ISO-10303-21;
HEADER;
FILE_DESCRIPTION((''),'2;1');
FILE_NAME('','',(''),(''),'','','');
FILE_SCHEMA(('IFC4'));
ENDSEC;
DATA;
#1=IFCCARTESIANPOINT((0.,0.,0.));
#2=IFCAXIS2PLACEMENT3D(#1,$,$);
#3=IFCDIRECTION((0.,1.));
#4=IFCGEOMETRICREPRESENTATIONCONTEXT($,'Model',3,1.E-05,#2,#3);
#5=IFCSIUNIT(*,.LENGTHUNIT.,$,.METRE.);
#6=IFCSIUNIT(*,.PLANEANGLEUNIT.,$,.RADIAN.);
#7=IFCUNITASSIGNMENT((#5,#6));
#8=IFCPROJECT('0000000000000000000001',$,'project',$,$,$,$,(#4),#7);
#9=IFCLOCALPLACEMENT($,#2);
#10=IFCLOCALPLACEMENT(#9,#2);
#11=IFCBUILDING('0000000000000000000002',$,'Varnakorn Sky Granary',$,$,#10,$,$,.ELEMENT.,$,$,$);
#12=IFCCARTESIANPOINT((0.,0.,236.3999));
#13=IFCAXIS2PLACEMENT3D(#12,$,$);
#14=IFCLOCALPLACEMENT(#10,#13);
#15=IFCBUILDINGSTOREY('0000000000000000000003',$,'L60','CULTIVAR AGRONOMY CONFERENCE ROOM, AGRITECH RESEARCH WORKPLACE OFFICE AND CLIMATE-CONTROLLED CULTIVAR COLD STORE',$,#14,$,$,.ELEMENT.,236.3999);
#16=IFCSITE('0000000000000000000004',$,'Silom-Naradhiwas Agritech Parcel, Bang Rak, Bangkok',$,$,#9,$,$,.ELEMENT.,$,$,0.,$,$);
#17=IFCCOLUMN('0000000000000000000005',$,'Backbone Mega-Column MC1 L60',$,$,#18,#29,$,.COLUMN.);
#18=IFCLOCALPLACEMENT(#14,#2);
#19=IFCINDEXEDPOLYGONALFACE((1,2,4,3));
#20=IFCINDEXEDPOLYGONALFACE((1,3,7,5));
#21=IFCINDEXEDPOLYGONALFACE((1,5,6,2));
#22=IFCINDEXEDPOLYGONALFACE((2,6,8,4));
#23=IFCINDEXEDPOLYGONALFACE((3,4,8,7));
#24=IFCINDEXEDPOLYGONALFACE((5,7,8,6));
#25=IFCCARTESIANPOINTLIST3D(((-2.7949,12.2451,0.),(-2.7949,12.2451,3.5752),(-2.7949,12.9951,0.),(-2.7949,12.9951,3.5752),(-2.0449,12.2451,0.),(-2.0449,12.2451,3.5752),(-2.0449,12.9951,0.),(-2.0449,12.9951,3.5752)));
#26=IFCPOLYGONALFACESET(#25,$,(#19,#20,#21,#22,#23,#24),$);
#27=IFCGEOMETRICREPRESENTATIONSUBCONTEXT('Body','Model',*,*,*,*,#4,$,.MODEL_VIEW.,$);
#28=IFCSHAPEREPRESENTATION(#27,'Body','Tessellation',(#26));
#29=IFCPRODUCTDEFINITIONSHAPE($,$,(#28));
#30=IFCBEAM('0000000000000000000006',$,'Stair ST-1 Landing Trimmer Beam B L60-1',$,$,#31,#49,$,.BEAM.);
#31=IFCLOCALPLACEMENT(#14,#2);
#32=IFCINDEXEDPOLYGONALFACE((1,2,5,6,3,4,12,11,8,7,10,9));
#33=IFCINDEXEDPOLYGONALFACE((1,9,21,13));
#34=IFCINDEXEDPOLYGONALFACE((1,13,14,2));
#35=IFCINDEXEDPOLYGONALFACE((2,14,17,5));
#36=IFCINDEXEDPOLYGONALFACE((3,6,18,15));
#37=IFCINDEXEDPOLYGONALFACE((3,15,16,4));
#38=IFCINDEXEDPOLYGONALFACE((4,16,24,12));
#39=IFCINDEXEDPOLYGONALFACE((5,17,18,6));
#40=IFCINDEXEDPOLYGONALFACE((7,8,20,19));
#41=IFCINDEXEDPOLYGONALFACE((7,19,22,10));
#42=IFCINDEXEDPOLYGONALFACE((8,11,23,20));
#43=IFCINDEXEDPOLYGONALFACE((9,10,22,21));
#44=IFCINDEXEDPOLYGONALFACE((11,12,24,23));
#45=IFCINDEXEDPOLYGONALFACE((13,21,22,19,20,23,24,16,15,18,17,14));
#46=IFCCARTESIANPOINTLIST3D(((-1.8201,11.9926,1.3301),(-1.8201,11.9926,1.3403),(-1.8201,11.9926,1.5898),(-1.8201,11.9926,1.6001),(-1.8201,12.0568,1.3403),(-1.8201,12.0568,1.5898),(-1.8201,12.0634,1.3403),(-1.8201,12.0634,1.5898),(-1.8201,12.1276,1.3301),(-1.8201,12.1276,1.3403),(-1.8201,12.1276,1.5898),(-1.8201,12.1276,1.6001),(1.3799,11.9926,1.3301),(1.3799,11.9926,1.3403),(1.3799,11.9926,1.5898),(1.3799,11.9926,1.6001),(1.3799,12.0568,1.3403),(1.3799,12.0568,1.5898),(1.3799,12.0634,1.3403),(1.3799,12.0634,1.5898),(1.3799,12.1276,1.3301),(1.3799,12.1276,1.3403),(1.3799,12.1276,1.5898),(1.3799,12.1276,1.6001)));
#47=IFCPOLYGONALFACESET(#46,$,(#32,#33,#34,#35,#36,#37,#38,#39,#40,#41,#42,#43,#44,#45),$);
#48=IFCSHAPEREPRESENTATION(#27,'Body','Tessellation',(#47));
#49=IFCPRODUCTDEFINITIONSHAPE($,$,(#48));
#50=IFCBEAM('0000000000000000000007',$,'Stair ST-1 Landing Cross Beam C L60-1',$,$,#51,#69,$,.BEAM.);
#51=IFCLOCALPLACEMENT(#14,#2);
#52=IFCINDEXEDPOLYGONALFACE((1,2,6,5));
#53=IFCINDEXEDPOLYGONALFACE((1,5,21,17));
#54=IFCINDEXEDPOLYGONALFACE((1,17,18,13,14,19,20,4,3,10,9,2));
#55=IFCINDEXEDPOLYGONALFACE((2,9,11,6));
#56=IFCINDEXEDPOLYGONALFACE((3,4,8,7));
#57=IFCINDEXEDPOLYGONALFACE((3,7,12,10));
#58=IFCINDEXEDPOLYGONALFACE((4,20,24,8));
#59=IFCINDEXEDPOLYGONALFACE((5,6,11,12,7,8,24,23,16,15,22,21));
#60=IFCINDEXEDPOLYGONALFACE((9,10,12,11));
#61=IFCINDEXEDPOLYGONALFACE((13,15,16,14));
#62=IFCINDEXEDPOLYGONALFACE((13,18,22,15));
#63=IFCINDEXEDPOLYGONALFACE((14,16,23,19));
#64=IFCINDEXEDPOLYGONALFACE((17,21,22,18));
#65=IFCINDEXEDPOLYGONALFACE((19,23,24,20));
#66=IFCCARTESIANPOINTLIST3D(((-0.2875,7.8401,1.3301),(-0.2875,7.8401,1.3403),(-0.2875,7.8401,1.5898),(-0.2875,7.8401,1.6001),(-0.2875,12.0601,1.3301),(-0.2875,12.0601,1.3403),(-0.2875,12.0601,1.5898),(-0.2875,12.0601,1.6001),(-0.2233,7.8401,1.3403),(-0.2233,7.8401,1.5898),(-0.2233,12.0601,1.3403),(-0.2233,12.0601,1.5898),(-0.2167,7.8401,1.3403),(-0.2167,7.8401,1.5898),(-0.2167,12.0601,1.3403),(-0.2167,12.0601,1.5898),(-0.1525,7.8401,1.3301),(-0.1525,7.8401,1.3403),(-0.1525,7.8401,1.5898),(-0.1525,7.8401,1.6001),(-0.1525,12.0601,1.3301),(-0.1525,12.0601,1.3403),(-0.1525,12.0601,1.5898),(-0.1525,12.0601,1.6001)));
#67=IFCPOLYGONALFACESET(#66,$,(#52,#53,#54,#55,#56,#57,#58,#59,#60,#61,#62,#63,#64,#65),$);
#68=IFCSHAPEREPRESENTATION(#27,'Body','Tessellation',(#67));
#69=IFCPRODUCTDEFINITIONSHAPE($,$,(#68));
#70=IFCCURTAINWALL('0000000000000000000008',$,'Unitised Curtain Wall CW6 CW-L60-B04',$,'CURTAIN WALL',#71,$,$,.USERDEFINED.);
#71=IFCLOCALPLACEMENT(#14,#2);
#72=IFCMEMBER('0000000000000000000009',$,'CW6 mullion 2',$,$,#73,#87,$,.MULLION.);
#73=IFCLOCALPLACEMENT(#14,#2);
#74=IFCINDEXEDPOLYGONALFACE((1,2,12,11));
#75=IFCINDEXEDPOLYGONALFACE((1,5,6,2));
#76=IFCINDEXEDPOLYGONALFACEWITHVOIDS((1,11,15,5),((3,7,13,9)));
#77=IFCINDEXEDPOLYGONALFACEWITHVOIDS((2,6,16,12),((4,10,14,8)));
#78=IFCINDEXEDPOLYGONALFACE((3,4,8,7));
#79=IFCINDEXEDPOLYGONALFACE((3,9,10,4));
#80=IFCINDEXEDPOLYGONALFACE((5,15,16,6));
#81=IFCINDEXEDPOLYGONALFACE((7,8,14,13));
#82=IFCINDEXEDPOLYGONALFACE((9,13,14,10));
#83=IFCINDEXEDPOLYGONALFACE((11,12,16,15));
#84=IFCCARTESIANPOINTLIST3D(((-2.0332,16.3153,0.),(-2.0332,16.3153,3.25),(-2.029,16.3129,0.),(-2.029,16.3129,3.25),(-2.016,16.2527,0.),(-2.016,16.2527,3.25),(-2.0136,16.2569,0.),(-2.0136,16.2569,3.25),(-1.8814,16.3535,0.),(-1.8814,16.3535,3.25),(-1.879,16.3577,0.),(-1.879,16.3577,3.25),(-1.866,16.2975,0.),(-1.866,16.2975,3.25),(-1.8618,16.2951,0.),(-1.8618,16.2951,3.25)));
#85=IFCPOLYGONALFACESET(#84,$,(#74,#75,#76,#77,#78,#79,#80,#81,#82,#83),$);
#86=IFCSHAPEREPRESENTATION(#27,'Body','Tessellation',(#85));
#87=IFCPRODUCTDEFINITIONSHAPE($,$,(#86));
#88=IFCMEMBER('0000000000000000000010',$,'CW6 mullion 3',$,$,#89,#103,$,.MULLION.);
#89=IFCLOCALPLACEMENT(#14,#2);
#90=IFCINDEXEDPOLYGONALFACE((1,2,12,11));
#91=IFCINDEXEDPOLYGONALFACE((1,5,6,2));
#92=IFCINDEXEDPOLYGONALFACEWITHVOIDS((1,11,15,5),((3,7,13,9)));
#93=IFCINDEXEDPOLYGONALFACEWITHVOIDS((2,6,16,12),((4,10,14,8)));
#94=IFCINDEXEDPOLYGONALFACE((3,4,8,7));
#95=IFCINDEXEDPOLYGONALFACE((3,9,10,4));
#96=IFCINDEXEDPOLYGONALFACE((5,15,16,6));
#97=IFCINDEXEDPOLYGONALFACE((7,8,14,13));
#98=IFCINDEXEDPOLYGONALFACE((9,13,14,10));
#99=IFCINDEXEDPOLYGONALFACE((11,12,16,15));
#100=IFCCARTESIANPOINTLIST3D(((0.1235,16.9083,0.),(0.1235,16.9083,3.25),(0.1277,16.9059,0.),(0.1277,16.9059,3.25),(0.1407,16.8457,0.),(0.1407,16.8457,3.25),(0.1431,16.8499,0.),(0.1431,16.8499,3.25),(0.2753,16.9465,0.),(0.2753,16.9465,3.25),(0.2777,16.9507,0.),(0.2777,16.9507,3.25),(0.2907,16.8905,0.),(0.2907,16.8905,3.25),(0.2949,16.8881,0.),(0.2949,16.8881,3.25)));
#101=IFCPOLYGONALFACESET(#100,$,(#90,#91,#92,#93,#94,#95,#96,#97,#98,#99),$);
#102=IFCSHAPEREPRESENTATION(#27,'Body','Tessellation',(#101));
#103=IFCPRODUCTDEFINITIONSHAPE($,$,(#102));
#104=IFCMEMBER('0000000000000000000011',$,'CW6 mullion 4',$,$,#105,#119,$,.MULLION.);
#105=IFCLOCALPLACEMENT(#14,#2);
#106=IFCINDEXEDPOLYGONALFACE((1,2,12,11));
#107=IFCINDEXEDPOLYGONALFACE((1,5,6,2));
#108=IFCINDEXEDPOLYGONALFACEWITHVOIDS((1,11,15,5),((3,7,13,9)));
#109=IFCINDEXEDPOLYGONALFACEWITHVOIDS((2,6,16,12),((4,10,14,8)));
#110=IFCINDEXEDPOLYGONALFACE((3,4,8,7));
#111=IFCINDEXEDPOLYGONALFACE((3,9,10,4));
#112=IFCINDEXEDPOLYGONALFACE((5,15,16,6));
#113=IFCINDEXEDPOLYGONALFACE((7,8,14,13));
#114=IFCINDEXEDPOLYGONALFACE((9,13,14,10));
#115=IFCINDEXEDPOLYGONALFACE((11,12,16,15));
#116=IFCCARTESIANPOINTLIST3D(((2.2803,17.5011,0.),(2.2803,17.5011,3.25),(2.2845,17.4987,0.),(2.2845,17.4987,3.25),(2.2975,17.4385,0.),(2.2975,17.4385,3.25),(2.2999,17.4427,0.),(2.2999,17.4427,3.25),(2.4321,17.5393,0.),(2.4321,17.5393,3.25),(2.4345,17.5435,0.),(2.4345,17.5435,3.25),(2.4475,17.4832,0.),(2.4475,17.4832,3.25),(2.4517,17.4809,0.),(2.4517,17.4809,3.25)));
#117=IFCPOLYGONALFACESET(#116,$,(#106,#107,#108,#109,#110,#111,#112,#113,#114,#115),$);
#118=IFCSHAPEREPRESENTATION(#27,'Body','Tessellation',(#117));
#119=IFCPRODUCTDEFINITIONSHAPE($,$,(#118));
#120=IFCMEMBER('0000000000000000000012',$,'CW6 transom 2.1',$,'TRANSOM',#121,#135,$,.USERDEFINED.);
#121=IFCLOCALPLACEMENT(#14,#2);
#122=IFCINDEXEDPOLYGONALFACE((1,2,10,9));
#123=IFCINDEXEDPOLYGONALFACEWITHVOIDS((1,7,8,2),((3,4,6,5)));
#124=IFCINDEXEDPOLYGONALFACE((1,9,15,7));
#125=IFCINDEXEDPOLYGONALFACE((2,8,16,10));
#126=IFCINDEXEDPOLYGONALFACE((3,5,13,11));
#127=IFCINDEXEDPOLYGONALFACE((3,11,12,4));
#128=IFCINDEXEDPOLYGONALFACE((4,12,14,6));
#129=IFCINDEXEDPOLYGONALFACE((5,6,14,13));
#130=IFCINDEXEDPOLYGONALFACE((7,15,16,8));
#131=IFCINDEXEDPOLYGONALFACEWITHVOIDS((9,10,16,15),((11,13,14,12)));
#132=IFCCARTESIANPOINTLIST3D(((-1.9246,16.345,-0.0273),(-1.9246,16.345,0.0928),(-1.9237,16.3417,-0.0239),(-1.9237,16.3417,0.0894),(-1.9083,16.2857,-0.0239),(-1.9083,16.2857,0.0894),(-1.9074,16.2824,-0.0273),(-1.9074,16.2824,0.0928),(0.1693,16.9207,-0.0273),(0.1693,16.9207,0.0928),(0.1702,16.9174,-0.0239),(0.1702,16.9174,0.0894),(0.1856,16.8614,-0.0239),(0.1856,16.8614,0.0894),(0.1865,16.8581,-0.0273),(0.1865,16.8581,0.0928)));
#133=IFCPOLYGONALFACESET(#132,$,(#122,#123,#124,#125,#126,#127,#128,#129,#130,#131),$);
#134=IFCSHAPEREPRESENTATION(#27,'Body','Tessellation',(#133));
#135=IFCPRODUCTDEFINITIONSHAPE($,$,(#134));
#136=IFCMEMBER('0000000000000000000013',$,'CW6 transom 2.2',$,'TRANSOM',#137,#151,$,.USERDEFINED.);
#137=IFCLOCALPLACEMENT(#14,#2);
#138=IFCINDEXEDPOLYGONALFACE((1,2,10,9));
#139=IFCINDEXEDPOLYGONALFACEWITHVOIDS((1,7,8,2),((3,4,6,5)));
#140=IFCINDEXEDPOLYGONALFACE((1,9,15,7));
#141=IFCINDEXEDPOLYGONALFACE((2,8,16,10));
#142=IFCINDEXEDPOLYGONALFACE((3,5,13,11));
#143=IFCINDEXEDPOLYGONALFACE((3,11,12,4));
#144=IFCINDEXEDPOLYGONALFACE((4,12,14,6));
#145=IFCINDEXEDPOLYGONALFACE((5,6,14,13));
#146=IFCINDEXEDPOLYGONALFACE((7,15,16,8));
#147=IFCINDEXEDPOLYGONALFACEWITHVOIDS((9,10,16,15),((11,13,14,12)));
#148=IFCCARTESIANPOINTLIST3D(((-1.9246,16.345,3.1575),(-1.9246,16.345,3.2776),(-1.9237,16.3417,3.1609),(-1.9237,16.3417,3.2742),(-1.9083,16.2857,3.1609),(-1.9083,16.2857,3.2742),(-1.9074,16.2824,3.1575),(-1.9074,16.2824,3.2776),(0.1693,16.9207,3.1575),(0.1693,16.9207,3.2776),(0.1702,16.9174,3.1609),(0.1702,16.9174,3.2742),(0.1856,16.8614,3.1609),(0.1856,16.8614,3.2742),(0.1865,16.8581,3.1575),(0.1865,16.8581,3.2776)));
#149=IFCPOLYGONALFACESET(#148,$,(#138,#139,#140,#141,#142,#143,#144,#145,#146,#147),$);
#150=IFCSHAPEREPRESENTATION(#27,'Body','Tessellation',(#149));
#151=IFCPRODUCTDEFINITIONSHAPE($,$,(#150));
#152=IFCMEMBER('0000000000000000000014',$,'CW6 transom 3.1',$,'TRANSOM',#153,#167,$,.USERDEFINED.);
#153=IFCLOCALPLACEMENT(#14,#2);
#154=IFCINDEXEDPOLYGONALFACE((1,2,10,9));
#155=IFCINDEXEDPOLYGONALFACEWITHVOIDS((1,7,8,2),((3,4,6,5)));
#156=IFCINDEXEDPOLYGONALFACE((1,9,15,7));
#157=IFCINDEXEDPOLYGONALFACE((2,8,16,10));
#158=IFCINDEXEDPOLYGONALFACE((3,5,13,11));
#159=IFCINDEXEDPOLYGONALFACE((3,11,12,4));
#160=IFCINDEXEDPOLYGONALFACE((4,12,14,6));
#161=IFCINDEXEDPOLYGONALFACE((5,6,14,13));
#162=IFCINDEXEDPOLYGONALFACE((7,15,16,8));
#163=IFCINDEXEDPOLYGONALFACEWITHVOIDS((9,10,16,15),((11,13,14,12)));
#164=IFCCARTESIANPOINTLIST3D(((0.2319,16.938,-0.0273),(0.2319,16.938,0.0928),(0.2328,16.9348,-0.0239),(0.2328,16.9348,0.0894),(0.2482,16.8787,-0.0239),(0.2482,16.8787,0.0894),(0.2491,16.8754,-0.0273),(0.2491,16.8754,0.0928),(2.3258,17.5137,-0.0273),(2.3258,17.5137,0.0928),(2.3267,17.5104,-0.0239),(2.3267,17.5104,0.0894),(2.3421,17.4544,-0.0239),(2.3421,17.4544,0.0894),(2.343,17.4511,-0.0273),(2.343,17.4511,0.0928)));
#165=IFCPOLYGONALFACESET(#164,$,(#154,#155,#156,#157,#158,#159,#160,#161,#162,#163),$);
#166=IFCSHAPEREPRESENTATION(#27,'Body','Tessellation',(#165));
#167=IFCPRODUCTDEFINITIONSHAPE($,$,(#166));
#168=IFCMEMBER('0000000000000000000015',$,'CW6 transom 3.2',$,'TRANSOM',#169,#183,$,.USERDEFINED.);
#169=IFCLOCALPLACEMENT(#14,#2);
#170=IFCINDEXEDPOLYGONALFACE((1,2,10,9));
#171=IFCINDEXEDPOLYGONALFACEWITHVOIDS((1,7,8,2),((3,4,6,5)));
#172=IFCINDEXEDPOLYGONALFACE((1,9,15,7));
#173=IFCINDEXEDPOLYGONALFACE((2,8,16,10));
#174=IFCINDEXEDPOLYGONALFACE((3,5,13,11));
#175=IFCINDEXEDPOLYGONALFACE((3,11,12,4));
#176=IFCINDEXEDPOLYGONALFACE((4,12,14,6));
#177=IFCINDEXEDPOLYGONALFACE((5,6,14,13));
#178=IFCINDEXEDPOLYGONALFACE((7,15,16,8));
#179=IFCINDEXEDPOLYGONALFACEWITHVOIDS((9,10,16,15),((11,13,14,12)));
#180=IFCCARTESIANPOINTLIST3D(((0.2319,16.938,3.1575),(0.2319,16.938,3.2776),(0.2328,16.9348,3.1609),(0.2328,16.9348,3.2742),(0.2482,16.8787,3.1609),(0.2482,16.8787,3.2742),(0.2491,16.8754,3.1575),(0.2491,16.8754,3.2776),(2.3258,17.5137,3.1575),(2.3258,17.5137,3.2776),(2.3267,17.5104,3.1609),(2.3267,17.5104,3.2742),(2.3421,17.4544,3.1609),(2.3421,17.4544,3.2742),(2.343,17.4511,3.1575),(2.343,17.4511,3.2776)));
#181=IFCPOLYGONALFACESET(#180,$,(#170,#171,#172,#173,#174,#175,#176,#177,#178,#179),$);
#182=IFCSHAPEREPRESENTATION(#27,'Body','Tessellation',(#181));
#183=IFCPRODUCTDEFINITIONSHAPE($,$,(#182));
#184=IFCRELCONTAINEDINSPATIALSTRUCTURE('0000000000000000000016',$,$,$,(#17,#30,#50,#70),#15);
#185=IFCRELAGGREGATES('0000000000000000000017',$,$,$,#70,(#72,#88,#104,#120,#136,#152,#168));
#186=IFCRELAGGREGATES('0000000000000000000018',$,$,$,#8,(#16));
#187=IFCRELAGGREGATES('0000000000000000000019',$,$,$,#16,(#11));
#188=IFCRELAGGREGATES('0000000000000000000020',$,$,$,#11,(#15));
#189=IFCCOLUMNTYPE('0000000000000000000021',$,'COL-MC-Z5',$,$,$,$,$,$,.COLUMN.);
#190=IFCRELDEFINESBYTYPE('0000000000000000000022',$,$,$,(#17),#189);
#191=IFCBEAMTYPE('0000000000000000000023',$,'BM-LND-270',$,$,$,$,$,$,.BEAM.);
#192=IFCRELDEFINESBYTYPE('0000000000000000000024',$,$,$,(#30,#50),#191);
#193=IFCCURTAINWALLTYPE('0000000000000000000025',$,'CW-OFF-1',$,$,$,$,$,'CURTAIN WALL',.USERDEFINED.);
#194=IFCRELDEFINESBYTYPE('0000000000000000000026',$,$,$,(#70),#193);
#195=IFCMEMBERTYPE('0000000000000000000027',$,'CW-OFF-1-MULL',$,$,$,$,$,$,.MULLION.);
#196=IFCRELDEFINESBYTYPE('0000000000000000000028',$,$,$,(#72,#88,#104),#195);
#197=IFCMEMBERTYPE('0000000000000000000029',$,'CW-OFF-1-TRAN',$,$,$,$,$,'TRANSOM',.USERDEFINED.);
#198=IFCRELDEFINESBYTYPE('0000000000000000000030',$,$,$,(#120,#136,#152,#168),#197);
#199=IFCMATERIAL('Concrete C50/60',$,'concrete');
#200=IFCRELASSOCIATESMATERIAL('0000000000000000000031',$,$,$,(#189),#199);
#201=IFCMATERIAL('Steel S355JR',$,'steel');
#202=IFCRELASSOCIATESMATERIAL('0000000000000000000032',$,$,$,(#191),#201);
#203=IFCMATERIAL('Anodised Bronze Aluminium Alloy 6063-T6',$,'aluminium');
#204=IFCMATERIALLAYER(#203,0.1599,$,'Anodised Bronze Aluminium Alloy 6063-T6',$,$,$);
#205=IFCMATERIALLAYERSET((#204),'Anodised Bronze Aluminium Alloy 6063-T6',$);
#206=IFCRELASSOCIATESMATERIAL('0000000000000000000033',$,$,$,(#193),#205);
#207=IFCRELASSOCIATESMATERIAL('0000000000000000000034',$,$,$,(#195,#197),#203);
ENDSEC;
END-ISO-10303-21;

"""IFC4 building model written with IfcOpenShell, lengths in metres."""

from ifc_helpers import new_model, si_unit, direction, frame, origin, origin_2d, place, context, subcontext, project, spatial, rectangle, hollow_rectangle, i_section, extrude, material, layer, layer_set, material_profile, profile_set, type_object, element, aggregate, save


model = new_model("IFC4")

# Units and contexts
model_context = context("Model", 3, precision=1e-05, world=origin(), true_north=direction((0.0, 1.0)))
body_context = subcontext(model_context, "Body", "Model", "MODEL_VIEW")
ifc_project = project(units=[si_unit("LENGTHUNIT", "METRE"), si_unit("PLANEANGLEUNIT", "RADIAN")], contexts=[model_context])

# Site, building, storey
site_placement = place(None, origin())
site = spatial("IfcSite", under=ifc_project, at=site_placement, Name="Silom-Naradhiwas Agritech Parcel, Bang Rak, Bangkok", CompositionType="ELEMENT", RefElevation=0.0)
building_placement = place(site_placement, origin())
building = spatial("IfcBuilding", under=site, at=building_placement, Name="Varnakorn Sky Granary", CompositionType="ELEMENT")
storey_placement = place(building_placement, frame((0.0, 0.0, 236.3999)))
storey = spatial("IfcBuildingStorey", under=building, at=storey_placement, Name="L60", Description="CULTIVAR AGRONOMY CONFERENCE ROOM, AGRITECH RESEARCH WORKPLACE OFFICE AND CLIMATE-CONTROLLED CULTIVAR COLD STORE", CompositionType="ELEMENT", Elevation=236.3999)

# Column
ifc_material_1 = material(Name="Concrete C50/60", Category="concrete")
ifc_material_profile_1 = material_profile(ifc_material_1, rectangle(XDim=0.75, YDim=0.75, at=origin_2d()), Name="RC 750x750")
ifc_profile_set_1 = profile_set([ifc_material_profile_1], Name="Concrete C50/60")
column_type = type_object("IfcColumnType", Name="COL-MC-Z5", PredefinedType="COLUMN", material=ifc_profile_set_1)
column_placement = place(storey_placement, frame((-2.4199, 12.6201, 0.0), z_axis=(0.0, 0.0, 1.0), x_axis=(1.0, 0.0, 0.0)))
element("IfcColumn", 1, at=column_placement, inside=storey, type_object=column_type, Name="Backbone Mega-Column MC1 L60", PredefinedType="COLUMN", context=body_context, shape_type="SweptSolid", body=[
    extrude(rectangle(XDim=0.75, YDim=0.75, at=origin_2d()), origin(), (0.0, 0.0, 1.0), 3.5752),
])

# Beams
ifc_material_2 = material(Name="Steel S355JR", Category="steel")
ifc_material_profile_2 = material_profile(ifc_material_2, i_section(OverallWidth=0.135, OverallDepth=0.27, WebThickness=0.0066, FlangeThickness=0.0103, at=origin_2d()), Name="IPE 270")
ifc_profile_set_2 = profile_set([ifc_material_profile_2], Name="Steel S355JR")
beam_type = type_object("IfcBeamType", Name="BM-LND-270", PredefinedType="BEAM", material=ifc_profile_set_2)
beam_1_placement = place(storey_placement, frame((-1.8201, 12.0601, 1.4651), z_axis=(1.0, 0.0, 0.0), x_axis=(0.0, 1.0, 0.0)))
element("IfcBeam", 2, at=beam_1_placement, inside=storey, type_object=beam_type, Name="Stair ST-1 Landing Trimmer Beam B L60-1", PredefinedType="BEAM", context=body_context, shape_type="SweptSolid", body=[
    extrude(i_section(OverallWidth=0.135, OverallDepth=0.27, WebThickness=0.0066, FlangeThickness=0.0103, at=origin_2d()), origin(), (0.0, 0.0, 1.0), 3.2),
])
beam_2_placement = place(storey_placement, frame((-0.22, 7.8401, 1.4651), z_axis=(0.0, 1.0, 0.0), x_axis=(-1.0, 0.0, 0.0)))
element("IfcBeam", 3, at=beam_2_placement, inside=storey, type_object=beam_type, Name="Stair ST-1 Landing Cross Beam C L60-1", PredefinedType="BEAM", context=body_context, shape_type="SweptSolid", body=[
    extrude(i_section(OverallWidth=0.135, OverallDepth=0.27, WebThickness=0.0066, FlangeThickness=0.0103, at=origin_2d()), origin(), (0.0, 0.0, 1.0), 4.22),
])

# Curtain wall, members
ifc_material_3 = material(Name="Anodised Bronze Aluminium Alloy 6063-T6", Category="aluminium")
ifc_layer_1 = layer(ifc_material_3, 0.1599, Name="Anodised Bronze Aluminium Alloy 6063-T6")
ifc_layer_set_1 = layer_set([ifc_layer_1], Name="Anodised Bronze Aluminium Alloy 6063-T6")
curtain_wall_type = type_object("IfcCurtainWallType", Name="CW-OFF-1", ElementType="CURTAIN WALL", PredefinedType="USERDEFINED", material=ifc_layer_set_1)
curtain_wall_placement = place(storey_placement, origin())
curtain_wall = element("IfcCurtainWall", 4, at=curtain_wall_placement, inside=storey, type_object=curtain_wall_type, Name="Unitised Curtain Wall CW6 CW-L60-B04", ObjectType="CURTAIN WALL", PredefinedType="USERDEFINED")
ifc_material_profile_3 = material_profile(ifc_material_3, hollow_rectangle(XDim=0.0649, YDim=0.1599, WallThickness=0.0034, at=origin_2d()), Name="ALU MULL 65x160")
ifc_profile_set_3 = profile_set([ifc_material_profile_3], Name="Anodised Bronze Aluminium Alloy 6063-T6")
member_type_1 = type_object("IfcMemberType", Name="CW-OFF-1-MULL", PredefinedType="MULLION", material=ifc_profile_set_3)
member_1_placement = place(storey_placement, frame((-1.9475, 16.3052, 0.0), z_axis=(0.0, 0.0, 1.0), x_axis=(-0.2651, 0.964221, 0.0)))
member_1 = element("IfcMember", 5, at=member_1_placement, type_object=member_type_1, Name="CW6 mullion 2", PredefinedType="MULLION", context=body_context, shape_type="SweptSolid", body=[
    extrude(hollow_rectangle(XDim=0.0649, YDim=0.1599, WallThickness=0.0034, at=origin_2d()), origin(), (0.0, 0.0, 1.0), 3.25),
])
member_2_placement = place(storey_placement, frame((0.2092, 16.8982, 0.0), z_axis=(0.0, 0.0, 1.0), x_axis=(-0.2651, 0.964221, 0.0)))
member_2 = element("IfcMember", 6, at=member_2_placement, type_object=member_type_1, Name="CW6 mullion 3", PredefinedType="MULLION", context=body_context, shape_type="SweptSolid", body=[
    extrude(hollow_rectangle(XDim=0.0649, YDim=0.1599, WallThickness=0.0034, at=origin_2d()), origin(), (0.0, 0.0, 1.0), 3.25),
])
member_3_placement = place(storey_placement, frame((2.366, 17.491, 0.0), z_axis=(0.0, 0.0, 1.0), x_axis=(-0.2651, 0.964221, 0.0)))
member_3 = element("IfcMember", 7, at=member_3_placement, type_object=member_type_1, Name="CW6 mullion 4", PredefinedType="MULLION", context=body_context, shape_type="SweptSolid", body=[
    extrude(hollow_rectangle(XDim=0.0649, YDim=0.1599, WallThickness=0.0034, at=origin_2d()), origin(), (0.0, 0.0, 1.0), 3.25),
])
ifc_material_profile_4 = material_profile(ifc_material_3, hollow_rectangle(XDim=0.0649, YDim=0.1201, WallThickness=0.0034, at=origin_2d()), Name="ALU TRAN 65x120")
ifc_profile_set_4 = profile_set([ifc_material_profile_4], Name="Anodised Bronze Aluminium Alloy 6063-T6")
member_type_2 = type_object("IfcMemberType", Name="CW-OFF-1-TRAN", ElementType="TRANSOM", PredefinedType="USERDEFINED", material=ifc_profile_set_4)
member_4_placement = place(storey_placement, frame((-1.916, 16.3137, 0.0327), z_axis=(0.964225, 0.265086, 0.0), x_axis=(-0.265086, 0.964225, 0.0)))
member_4 = element("IfcMember", 8, at=member_4_placement, type_object=member_type_2, Name="CW6 transom 2.1", ObjectType="TRANSOM", PredefinedType="USERDEFINED", context=body_context, shape_type="SweptSolid", body=[
    extrude(hollow_rectangle(XDim=0.0649, YDim=0.1201, WallThickness=0.0034, at=origin_2d()), origin(), (0.0, 0.0, 1.0), 2.1716),
])
member_5_placement = place(storey_placement, frame((-1.916, 16.3137, 3.2175), z_axis=(0.964225, 0.265086, 0.0), x_axis=(-0.265086, 0.964225, 0.0)))
member_5 = element("IfcMember", 9, at=member_5_placement, type_object=member_type_2, Name="CW6 transom 2.2", ObjectType="TRANSOM", PredefinedType="USERDEFINED", context=body_context, shape_type="SweptSolid", body=[
    extrude(hollow_rectangle(XDim=0.0649, YDim=0.1201, WallThickness=0.0034, at=origin_2d()), origin(), (0.0, 0.0, 1.0), 2.1716),
])
member_6_placement = place(storey_placement, frame((0.2405, 16.9067, 0.0327), z_axis=(0.964225, 0.265086, 0.0), x_axis=(-0.265086, 0.964225, 0.0)))
member_6 = element("IfcMember", 10, at=member_6_placement, type_object=member_type_2, Name="CW6 transom 3.1", ObjectType="TRANSOM", PredefinedType="USERDEFINED", context=body_context, shape_type="SweptSolid", body=[
    extrude(hollow_rectangle(XDim=0.0649, YDim=0.1201, WallThickness=0.0034, at=origin_2d()), origin(), (0.0, 0.0, 1.0), 2.1716),
])
member_7_placement = place(storey_placement, frame((0.2405, 16.9067, 3.2175), z_axis=(0.964225, 0.265086, 0.0), x_axis=(-0.265086, 0.964225, 0.0)))
member_7 = element("IfcMember", 11, at=member_7_placement, type_object=member_type_2, Name="CW6 transom 3.2", ObjectType="TRANSOM", PredefinedType="USERDEFINED", context=body_context, shape_type="SweptSolid", body=[
    extrude(hollow_rectangle(XDim=0.0649, YDim=0.1201, WallThickness=0.0034, at=origin_2d()), origin(), (0.0, 0.0, 1.0), 2.1716),
])
aggregate(curtain_wall, [member_1, member_2, member_3, member_4, member_5, member_6, member_7])

save(model, "model.ifc")
